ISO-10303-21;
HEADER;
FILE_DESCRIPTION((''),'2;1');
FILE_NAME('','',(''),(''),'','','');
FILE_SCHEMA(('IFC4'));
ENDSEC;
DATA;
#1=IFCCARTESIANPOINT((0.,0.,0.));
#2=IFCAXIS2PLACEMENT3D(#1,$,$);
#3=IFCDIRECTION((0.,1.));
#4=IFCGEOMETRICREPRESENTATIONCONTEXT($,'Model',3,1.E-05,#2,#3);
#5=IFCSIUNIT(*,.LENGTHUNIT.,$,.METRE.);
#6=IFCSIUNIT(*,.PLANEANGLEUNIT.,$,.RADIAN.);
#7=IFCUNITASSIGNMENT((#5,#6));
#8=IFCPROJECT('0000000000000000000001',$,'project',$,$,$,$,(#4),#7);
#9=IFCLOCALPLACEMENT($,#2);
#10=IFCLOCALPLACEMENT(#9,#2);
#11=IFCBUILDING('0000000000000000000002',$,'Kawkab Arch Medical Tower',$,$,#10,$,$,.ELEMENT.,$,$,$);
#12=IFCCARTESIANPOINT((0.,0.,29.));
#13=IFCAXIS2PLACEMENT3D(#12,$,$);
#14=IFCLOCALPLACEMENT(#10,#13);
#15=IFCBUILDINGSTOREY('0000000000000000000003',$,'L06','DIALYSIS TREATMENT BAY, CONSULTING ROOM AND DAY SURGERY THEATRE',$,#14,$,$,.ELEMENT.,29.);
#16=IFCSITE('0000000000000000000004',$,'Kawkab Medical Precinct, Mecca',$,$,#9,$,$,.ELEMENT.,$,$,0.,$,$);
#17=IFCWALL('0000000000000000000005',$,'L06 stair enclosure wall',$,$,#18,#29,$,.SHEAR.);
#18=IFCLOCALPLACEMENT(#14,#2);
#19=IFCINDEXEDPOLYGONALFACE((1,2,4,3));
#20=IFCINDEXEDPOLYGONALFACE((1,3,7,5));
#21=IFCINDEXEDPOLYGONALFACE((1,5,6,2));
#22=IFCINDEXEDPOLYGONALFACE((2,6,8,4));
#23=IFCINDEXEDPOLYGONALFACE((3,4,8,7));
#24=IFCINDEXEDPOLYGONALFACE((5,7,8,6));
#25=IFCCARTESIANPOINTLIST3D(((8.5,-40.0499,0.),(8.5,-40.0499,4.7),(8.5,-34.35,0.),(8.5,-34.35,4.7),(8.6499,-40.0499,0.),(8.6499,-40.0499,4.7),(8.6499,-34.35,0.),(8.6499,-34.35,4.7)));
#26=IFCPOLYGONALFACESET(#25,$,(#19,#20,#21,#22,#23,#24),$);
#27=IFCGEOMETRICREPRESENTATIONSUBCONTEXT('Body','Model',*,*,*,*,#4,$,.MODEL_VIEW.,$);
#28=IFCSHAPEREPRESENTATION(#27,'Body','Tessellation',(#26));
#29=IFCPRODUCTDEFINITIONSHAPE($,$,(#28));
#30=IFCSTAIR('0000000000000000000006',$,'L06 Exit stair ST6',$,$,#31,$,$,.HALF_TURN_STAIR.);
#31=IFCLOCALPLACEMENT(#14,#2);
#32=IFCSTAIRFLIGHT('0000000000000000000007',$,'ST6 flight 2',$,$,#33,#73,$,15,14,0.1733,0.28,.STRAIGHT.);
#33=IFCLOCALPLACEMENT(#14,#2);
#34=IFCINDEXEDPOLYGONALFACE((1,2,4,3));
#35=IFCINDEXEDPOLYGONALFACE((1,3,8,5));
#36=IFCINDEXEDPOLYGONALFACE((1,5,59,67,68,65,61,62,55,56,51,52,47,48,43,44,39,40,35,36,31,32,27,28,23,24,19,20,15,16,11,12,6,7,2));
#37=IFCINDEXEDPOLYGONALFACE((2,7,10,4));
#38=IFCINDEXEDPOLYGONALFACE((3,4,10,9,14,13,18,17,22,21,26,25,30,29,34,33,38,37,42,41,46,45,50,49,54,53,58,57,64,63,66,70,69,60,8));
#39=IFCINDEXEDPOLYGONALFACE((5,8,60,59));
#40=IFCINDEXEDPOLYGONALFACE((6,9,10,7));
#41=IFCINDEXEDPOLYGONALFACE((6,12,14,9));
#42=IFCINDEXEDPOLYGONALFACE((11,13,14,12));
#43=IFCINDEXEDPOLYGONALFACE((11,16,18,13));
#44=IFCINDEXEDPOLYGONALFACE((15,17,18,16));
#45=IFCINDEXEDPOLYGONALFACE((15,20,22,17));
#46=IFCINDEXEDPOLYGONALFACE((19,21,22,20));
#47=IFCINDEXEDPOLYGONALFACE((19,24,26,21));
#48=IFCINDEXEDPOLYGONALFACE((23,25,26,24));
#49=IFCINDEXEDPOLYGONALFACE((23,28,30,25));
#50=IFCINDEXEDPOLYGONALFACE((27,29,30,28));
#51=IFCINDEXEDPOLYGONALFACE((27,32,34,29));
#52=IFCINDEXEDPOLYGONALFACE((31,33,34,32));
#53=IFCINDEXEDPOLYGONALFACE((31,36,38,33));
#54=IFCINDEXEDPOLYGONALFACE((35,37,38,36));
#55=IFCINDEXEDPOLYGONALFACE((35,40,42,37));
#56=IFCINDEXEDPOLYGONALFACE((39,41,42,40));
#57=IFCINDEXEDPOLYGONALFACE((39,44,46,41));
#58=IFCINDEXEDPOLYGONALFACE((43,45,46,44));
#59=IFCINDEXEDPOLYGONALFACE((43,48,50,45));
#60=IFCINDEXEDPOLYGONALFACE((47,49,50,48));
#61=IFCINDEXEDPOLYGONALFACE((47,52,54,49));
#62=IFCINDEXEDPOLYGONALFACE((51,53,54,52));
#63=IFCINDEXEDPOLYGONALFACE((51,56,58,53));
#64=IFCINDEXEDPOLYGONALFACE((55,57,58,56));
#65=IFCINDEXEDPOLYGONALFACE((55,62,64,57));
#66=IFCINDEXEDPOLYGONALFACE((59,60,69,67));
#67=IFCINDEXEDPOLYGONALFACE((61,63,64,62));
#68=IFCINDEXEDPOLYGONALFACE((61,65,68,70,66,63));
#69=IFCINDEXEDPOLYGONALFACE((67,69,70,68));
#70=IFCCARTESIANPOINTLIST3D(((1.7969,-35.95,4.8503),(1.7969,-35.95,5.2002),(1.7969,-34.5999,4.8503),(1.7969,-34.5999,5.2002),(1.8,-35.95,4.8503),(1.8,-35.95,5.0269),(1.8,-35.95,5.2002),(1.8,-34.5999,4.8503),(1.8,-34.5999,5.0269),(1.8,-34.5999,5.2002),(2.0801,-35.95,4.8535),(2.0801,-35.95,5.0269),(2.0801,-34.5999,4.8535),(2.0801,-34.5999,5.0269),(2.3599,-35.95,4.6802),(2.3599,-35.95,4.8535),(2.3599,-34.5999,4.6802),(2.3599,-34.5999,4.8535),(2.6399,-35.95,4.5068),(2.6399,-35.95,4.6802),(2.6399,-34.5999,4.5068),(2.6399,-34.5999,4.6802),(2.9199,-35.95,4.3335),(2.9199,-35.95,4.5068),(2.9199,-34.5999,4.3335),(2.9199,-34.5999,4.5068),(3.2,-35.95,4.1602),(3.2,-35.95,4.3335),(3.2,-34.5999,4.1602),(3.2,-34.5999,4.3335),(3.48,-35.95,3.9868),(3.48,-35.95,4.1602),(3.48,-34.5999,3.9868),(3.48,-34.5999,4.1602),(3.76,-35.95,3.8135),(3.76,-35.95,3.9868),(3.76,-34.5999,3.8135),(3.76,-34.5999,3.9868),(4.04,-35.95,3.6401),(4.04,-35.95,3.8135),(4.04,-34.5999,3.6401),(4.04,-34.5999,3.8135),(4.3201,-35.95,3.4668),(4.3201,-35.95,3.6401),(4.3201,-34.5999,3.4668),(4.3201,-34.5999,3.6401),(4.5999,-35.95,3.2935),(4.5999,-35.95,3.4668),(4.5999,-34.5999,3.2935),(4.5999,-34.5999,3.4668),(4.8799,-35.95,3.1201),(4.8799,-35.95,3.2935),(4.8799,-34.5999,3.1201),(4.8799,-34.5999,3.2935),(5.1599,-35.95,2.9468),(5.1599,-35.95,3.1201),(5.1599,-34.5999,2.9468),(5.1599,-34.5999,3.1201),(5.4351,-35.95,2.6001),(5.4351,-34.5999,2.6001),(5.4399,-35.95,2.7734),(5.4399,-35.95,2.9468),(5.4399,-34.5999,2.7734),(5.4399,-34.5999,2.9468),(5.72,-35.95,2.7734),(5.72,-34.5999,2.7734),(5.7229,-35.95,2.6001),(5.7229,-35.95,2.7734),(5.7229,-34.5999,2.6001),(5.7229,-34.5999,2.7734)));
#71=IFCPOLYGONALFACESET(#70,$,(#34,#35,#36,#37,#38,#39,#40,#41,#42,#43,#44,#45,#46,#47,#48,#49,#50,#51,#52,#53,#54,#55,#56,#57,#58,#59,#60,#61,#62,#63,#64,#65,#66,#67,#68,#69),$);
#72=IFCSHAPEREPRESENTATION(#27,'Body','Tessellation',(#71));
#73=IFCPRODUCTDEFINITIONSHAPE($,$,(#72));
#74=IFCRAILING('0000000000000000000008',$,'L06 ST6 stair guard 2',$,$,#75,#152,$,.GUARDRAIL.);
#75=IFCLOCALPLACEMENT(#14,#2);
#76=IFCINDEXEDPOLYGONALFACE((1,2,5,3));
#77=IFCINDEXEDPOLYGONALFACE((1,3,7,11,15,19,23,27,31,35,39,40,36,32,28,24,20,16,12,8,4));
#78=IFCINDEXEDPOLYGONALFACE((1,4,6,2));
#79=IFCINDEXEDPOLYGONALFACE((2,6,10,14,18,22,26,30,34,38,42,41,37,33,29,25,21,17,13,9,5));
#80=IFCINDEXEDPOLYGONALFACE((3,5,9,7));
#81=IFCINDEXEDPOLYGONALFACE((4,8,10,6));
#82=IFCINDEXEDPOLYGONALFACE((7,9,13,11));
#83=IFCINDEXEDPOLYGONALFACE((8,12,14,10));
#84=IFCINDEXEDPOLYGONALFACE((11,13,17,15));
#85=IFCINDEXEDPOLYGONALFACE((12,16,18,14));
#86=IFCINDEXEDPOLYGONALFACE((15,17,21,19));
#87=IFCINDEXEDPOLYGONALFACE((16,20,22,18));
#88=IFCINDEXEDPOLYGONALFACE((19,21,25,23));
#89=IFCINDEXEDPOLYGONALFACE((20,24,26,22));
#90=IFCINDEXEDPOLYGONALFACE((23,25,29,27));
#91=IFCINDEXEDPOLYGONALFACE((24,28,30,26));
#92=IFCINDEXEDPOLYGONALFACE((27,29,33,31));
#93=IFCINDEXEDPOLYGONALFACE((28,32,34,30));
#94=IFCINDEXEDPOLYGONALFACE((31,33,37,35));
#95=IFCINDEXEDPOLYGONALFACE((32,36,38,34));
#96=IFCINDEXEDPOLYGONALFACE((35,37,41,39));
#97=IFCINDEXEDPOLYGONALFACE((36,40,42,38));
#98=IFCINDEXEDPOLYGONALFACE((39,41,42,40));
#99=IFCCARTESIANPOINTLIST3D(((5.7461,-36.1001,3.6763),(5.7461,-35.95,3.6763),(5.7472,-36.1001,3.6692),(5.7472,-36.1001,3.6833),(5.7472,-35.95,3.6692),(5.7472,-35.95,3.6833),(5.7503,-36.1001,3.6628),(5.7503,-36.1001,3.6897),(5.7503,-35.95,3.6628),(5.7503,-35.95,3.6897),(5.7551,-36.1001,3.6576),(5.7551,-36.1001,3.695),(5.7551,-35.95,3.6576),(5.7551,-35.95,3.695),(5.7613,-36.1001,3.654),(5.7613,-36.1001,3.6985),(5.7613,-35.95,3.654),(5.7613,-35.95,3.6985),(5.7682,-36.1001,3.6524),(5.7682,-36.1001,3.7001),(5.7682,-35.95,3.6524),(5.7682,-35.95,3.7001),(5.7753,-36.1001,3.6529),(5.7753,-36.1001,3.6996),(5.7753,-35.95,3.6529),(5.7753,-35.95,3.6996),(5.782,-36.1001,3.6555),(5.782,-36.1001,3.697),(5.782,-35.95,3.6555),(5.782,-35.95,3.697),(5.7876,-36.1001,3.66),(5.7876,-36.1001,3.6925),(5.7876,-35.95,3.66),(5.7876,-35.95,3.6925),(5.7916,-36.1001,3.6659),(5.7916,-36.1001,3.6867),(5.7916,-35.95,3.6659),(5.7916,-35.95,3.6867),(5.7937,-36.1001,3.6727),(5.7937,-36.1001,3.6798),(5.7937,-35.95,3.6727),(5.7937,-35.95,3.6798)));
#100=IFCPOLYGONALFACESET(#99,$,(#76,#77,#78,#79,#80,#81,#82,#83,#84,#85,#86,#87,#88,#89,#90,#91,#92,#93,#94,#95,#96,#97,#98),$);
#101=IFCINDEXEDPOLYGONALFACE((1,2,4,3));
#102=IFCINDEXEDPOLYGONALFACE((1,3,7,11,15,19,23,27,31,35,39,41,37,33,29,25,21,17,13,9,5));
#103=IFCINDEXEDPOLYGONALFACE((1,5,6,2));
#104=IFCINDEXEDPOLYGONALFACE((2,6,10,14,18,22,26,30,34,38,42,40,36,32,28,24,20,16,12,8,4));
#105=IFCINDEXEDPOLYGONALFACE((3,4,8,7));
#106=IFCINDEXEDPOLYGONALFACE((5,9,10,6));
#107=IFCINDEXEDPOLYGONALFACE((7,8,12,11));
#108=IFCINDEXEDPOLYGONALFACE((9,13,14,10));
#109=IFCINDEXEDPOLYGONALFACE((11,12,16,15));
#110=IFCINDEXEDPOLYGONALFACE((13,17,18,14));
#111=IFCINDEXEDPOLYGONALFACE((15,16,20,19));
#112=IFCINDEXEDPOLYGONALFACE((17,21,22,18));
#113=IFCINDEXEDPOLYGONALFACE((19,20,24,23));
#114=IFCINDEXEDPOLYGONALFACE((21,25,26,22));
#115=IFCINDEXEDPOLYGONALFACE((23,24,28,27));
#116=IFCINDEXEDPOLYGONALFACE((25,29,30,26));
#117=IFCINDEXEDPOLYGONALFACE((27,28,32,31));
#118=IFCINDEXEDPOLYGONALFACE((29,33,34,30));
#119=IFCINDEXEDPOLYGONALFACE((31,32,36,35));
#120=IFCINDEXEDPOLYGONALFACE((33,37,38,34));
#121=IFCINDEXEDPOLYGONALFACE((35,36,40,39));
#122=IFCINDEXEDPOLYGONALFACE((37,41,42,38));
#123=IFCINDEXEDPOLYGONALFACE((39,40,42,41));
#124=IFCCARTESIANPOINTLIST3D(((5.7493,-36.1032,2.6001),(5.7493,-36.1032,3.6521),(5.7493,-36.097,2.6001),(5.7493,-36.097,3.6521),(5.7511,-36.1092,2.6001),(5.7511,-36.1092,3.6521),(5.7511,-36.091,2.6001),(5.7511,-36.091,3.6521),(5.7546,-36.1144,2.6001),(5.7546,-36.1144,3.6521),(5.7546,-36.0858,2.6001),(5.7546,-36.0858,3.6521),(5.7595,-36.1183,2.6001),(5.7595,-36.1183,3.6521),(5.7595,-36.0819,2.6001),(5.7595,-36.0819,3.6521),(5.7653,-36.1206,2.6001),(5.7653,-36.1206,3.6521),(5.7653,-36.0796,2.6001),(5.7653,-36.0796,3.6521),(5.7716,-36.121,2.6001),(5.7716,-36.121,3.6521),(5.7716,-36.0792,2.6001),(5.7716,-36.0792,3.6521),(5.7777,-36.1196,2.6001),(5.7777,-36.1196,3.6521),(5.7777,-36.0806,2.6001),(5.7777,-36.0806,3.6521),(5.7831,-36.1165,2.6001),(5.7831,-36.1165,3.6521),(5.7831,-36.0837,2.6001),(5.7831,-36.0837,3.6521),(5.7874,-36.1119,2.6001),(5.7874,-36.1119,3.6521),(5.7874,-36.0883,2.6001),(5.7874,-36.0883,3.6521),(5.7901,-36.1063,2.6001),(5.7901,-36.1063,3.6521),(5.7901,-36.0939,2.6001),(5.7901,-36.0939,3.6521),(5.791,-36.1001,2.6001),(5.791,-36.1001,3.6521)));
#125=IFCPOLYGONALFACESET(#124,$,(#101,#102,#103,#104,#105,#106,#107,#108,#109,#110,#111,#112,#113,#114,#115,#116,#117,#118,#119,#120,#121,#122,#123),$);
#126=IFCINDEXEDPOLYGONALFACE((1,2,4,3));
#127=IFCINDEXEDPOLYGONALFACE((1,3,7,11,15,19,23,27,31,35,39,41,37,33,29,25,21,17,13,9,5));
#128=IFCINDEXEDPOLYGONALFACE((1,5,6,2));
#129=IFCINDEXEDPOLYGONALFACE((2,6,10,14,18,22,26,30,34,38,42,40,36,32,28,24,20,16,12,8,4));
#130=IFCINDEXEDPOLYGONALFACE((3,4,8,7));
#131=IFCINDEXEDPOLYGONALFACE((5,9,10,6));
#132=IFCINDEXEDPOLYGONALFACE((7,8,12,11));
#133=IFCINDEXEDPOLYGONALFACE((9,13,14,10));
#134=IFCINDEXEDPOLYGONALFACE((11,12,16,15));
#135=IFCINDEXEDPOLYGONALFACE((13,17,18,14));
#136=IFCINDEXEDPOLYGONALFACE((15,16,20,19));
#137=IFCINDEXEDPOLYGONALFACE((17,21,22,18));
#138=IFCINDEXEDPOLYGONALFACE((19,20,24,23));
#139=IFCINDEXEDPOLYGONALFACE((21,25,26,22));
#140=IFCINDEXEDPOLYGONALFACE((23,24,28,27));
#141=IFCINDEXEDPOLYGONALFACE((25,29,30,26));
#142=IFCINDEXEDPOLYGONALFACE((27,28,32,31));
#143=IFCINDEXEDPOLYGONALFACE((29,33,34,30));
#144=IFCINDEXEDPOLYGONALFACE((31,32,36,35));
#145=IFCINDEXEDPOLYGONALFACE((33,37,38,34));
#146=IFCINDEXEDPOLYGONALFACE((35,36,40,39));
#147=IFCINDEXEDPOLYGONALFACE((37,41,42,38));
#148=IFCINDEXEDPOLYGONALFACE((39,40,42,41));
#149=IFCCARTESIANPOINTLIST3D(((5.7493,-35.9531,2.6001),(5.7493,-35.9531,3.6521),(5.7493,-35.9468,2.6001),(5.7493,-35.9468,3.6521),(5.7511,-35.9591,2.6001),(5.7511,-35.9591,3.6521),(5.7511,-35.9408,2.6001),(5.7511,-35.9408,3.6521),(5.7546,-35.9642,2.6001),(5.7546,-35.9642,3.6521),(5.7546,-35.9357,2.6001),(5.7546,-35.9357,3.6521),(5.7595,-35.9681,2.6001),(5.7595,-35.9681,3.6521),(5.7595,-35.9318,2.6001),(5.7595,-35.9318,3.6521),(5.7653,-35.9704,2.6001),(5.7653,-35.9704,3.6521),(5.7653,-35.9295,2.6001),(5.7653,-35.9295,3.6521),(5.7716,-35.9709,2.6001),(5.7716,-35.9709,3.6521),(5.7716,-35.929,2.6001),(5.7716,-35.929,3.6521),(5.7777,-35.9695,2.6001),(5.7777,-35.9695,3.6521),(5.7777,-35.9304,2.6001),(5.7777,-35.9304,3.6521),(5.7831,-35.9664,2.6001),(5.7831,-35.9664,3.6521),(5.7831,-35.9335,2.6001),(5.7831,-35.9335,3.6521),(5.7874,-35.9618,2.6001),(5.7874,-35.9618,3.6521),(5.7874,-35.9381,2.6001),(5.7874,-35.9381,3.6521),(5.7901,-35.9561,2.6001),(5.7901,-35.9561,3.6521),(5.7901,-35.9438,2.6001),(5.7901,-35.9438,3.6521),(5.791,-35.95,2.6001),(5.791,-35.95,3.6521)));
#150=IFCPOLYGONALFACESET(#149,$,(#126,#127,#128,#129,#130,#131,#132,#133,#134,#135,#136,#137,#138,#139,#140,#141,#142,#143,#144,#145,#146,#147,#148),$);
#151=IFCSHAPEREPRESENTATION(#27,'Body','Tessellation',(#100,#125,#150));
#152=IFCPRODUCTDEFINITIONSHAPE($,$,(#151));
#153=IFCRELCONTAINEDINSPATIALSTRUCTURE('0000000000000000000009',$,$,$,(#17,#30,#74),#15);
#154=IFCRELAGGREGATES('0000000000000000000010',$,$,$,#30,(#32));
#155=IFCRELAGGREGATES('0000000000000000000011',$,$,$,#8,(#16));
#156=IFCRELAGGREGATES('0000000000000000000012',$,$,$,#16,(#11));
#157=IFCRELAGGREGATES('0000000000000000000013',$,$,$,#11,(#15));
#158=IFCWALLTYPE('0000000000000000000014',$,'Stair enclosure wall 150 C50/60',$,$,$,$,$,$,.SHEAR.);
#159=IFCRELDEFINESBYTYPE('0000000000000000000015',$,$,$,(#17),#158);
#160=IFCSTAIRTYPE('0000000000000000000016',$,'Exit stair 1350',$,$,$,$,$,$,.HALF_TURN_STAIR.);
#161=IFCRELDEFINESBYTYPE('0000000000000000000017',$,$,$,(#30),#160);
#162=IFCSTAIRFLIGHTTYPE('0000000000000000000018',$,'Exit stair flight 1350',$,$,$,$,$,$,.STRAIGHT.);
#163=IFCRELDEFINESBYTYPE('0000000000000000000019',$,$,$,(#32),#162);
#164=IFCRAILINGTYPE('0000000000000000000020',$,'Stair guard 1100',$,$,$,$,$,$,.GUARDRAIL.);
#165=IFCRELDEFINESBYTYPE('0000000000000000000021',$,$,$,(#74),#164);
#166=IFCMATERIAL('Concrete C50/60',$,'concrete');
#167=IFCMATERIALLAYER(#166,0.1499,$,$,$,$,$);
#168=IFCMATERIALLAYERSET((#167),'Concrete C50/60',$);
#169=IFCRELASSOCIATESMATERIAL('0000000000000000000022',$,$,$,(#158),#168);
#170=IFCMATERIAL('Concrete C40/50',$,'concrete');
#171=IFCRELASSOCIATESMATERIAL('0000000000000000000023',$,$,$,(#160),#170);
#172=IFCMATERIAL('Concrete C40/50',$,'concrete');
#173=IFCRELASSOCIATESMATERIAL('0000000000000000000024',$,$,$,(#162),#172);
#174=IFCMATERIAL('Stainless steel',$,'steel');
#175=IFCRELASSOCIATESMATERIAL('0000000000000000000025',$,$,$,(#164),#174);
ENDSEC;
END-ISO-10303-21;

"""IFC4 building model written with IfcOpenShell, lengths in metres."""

from ifc_helpers import new_model, si_unit, direction, frame, frame_2d, origin, origin_2d, place, context, subcontext, project, spatial, polyline, rectangle, circle, outline, extrude, material, layer, layer_set, type_object, element, aggregate, save


model = new_model("IFC4")

# Units and contexts
model_context = context("Model", 3, precision=1e-05, world=origin(), true_north=direction((0.0, 1.0)))
body_context = subcontext(model_context, "Body", "Model", "MODEL_VIEW")
ifc_project = project(units=[si_unit("LENGTHUNIT", "METRE"), si_unit("PLANEANGLEUNIT", "RADIAN")], contexts=[model_context])

# Site, building, storey
site_placement = place(None, origin())
site = spatial("IfcSite", under=ifc_project, at=site_placement, Name="Kawkab Medical Precinct, Mecca", CompositionType="ELEMENT", RefElevation=0.0)
building_placement = place(site_placement, origin())
building = spatial("IfcBuilding", under=site, at=building_placement, Name="Kawkab Arch Medical Tower", CompositionType="ELEMENT")
storey_placement = place(building_placement, frame((0.0, 0.0, 29.0)))
storey = spatial("IfcBuildingStorey", under=building, at=storey_placement, Name="L06", Description="DIALYSIS TREATMENT BAY, CONSULTING ROOM AND DAY SURGERY THEATRE", CompositionType="ELEMENT", Elevation=29.0)

# Wall
ifc_material_1 = material(Name="Concrete C50/60", Category="concrete")
ifc_layer_1 = layer(ifc_material_1, 0.1499)
ifc_layer_set_1 = layer_set([ifc_layer_1], Name="Concrete C50/60")
wall_type_1 = type_object("IfcWallType", Name="Stair enclosure wall 150 C50/60", PredefinedType="SHEAR", material=ifc_layer_set_1)
wall_1_placement = place(storey_placement, frame((8.575, -40.05, 0.0), z_axis=(0.0, 0.0, 1.0), x_axis=(0.0, 1.0, 0.0)))
element("IfcWall", 1, at=wall_1_placement, inside=storey, type_object=wall_type_1, Name="L06 stair enclosure wall", PredefinedType="SHEAR", context=body_context, shape_type="SweptSolid", body=[
    extrude(rectangle(XDim=5.7, YDim=0.1499, at=frame_2d((2.8501, 0.0))), origin(), (0.0, 0.0, 1.0), 4.7),
])

# Stair, stair flight
ifc_material_2 = material(Name="Concrete C40/50", Category="concrete")
stair_type = type_object("IfcStairType", Name="Exit stair 1350", PredefinedType="HALF_TURN_STAIR", material=ifc_material_2)
stair_placement = place(storey_placement, origin())
stair = element("IfcStair", 2, at=stair_placement, inside=storey, type_object=stair_type, Name="L06 Exit stair ST6", PredefinedType="HALF_TURN_STAIR")
ifc_material_3 = material(Name="Concrete C40/50", Category="concrete")
stair_flight_type = type_object("IfcStairFlightType", Name="Exit stair flight 1350", PredefinedType="STRAIGHT", material=ifc_material_3)
stair_flight_placement = place(storey_placement, frame((5.72, -35.2749, 2.6001), z_axis=(0.0, 0.0, 1.0), x_axis=(-1.0, 0.0, 0.0)))
stair_flight = element("IfcStairFlight", 3, at=stair_flight_placement, type_object=stair_flight_type, Name="ST6 flight 2", NumberOfRisers=15, NumberOfTreads=14, PredefinedType="STRAIGHT", RiserHeight=0.1733, TreadLength=0.28, context=body_context, shape_type="SweptSolid", body=[
    extrude(outline(polyline([(-0.0029, 0.0), (-0.0029, 0.1733), (0.0, 0.1733), (0.28, 0.1733), (0.28, 0.3467), (0.5601, 0.3467), (0.5601, 0.52), (0.8401, 0.52), (0.8401, 0.6934), (1.1201, 0.6934), (1.1201, 0.8667), (1.3999, 0.8667), (1.3999, 1.04), (1.6799, 1.04), (1.6799, 1.2134), (1.96, 1.2134), (1.96, 1.3867), (2.24, 1.3867), (2.24, 1.5601), (2.52, 1.5601), (2.52, 1.7334), (2.8, 1.7334), (2.8, 1.9067), (3.0801, 1.9067), (3.0801, 2.0801), (3.3601, 2.0801), (3.3601, 2.2534), (3.6399, 2.2534), (3.6399, 2.4268), (3.9199, 2.4268), (3.9199, 2.6001), (3.9231, 2.6001), (3.9231, 2.2502), (3.9199, 2.2502), (0.2849, 0.0), (-0.0029, 0.0)])), frame((0.0, 0.675, 0.0), z_axis=(0.0, -1.0, 0.0), x_axis=(1.0, 0.0, 0.0)), (0.0, 0.0, 1.0), 1.3501),
])
aggregate(stair, [stair_flight])

# Railing
ifc_material_4 = material(Name="Stainless steel", Category="steel")
railing_type = type_object("IfcRailingType", Name="Stair guard 1100", PredefinedType="GUARDRAIL", material=ifc_material_4)
railing_1_placement = place(storey_placement, frame((5.77, -36.1001, 2.6001)))
element("IfcRailing", 4, at=railing_1_placement, inside=storey, type_object=railing_type, Name="L06 ST6 stair guard 2", PredefinedType="GUARDRAIL", context=body_context, shape_type="SweptSolid", body=[
    extrude(circle(Radius=0.0239, at=origin_2d()), frame((0.0, 0.0, 1.0762), z_axis=(0.0, 1.0, 0.0), x_axis=(-1.0, 0.0, 0.0)), (0.0, 0.0, 1.0), 0.1501),
    extrude(circle(Radius=0.021, at=origin_2d()), origin(), (0.0, 0.0, 1.0), 1.052),
    extrude(circle(Radius=0.021, at=origin_2d()), frame((0.0, 0.1501, 0.0)), (0.0, 0.0, 1.0), 1.052),
])

save(model, "model.ifc")
